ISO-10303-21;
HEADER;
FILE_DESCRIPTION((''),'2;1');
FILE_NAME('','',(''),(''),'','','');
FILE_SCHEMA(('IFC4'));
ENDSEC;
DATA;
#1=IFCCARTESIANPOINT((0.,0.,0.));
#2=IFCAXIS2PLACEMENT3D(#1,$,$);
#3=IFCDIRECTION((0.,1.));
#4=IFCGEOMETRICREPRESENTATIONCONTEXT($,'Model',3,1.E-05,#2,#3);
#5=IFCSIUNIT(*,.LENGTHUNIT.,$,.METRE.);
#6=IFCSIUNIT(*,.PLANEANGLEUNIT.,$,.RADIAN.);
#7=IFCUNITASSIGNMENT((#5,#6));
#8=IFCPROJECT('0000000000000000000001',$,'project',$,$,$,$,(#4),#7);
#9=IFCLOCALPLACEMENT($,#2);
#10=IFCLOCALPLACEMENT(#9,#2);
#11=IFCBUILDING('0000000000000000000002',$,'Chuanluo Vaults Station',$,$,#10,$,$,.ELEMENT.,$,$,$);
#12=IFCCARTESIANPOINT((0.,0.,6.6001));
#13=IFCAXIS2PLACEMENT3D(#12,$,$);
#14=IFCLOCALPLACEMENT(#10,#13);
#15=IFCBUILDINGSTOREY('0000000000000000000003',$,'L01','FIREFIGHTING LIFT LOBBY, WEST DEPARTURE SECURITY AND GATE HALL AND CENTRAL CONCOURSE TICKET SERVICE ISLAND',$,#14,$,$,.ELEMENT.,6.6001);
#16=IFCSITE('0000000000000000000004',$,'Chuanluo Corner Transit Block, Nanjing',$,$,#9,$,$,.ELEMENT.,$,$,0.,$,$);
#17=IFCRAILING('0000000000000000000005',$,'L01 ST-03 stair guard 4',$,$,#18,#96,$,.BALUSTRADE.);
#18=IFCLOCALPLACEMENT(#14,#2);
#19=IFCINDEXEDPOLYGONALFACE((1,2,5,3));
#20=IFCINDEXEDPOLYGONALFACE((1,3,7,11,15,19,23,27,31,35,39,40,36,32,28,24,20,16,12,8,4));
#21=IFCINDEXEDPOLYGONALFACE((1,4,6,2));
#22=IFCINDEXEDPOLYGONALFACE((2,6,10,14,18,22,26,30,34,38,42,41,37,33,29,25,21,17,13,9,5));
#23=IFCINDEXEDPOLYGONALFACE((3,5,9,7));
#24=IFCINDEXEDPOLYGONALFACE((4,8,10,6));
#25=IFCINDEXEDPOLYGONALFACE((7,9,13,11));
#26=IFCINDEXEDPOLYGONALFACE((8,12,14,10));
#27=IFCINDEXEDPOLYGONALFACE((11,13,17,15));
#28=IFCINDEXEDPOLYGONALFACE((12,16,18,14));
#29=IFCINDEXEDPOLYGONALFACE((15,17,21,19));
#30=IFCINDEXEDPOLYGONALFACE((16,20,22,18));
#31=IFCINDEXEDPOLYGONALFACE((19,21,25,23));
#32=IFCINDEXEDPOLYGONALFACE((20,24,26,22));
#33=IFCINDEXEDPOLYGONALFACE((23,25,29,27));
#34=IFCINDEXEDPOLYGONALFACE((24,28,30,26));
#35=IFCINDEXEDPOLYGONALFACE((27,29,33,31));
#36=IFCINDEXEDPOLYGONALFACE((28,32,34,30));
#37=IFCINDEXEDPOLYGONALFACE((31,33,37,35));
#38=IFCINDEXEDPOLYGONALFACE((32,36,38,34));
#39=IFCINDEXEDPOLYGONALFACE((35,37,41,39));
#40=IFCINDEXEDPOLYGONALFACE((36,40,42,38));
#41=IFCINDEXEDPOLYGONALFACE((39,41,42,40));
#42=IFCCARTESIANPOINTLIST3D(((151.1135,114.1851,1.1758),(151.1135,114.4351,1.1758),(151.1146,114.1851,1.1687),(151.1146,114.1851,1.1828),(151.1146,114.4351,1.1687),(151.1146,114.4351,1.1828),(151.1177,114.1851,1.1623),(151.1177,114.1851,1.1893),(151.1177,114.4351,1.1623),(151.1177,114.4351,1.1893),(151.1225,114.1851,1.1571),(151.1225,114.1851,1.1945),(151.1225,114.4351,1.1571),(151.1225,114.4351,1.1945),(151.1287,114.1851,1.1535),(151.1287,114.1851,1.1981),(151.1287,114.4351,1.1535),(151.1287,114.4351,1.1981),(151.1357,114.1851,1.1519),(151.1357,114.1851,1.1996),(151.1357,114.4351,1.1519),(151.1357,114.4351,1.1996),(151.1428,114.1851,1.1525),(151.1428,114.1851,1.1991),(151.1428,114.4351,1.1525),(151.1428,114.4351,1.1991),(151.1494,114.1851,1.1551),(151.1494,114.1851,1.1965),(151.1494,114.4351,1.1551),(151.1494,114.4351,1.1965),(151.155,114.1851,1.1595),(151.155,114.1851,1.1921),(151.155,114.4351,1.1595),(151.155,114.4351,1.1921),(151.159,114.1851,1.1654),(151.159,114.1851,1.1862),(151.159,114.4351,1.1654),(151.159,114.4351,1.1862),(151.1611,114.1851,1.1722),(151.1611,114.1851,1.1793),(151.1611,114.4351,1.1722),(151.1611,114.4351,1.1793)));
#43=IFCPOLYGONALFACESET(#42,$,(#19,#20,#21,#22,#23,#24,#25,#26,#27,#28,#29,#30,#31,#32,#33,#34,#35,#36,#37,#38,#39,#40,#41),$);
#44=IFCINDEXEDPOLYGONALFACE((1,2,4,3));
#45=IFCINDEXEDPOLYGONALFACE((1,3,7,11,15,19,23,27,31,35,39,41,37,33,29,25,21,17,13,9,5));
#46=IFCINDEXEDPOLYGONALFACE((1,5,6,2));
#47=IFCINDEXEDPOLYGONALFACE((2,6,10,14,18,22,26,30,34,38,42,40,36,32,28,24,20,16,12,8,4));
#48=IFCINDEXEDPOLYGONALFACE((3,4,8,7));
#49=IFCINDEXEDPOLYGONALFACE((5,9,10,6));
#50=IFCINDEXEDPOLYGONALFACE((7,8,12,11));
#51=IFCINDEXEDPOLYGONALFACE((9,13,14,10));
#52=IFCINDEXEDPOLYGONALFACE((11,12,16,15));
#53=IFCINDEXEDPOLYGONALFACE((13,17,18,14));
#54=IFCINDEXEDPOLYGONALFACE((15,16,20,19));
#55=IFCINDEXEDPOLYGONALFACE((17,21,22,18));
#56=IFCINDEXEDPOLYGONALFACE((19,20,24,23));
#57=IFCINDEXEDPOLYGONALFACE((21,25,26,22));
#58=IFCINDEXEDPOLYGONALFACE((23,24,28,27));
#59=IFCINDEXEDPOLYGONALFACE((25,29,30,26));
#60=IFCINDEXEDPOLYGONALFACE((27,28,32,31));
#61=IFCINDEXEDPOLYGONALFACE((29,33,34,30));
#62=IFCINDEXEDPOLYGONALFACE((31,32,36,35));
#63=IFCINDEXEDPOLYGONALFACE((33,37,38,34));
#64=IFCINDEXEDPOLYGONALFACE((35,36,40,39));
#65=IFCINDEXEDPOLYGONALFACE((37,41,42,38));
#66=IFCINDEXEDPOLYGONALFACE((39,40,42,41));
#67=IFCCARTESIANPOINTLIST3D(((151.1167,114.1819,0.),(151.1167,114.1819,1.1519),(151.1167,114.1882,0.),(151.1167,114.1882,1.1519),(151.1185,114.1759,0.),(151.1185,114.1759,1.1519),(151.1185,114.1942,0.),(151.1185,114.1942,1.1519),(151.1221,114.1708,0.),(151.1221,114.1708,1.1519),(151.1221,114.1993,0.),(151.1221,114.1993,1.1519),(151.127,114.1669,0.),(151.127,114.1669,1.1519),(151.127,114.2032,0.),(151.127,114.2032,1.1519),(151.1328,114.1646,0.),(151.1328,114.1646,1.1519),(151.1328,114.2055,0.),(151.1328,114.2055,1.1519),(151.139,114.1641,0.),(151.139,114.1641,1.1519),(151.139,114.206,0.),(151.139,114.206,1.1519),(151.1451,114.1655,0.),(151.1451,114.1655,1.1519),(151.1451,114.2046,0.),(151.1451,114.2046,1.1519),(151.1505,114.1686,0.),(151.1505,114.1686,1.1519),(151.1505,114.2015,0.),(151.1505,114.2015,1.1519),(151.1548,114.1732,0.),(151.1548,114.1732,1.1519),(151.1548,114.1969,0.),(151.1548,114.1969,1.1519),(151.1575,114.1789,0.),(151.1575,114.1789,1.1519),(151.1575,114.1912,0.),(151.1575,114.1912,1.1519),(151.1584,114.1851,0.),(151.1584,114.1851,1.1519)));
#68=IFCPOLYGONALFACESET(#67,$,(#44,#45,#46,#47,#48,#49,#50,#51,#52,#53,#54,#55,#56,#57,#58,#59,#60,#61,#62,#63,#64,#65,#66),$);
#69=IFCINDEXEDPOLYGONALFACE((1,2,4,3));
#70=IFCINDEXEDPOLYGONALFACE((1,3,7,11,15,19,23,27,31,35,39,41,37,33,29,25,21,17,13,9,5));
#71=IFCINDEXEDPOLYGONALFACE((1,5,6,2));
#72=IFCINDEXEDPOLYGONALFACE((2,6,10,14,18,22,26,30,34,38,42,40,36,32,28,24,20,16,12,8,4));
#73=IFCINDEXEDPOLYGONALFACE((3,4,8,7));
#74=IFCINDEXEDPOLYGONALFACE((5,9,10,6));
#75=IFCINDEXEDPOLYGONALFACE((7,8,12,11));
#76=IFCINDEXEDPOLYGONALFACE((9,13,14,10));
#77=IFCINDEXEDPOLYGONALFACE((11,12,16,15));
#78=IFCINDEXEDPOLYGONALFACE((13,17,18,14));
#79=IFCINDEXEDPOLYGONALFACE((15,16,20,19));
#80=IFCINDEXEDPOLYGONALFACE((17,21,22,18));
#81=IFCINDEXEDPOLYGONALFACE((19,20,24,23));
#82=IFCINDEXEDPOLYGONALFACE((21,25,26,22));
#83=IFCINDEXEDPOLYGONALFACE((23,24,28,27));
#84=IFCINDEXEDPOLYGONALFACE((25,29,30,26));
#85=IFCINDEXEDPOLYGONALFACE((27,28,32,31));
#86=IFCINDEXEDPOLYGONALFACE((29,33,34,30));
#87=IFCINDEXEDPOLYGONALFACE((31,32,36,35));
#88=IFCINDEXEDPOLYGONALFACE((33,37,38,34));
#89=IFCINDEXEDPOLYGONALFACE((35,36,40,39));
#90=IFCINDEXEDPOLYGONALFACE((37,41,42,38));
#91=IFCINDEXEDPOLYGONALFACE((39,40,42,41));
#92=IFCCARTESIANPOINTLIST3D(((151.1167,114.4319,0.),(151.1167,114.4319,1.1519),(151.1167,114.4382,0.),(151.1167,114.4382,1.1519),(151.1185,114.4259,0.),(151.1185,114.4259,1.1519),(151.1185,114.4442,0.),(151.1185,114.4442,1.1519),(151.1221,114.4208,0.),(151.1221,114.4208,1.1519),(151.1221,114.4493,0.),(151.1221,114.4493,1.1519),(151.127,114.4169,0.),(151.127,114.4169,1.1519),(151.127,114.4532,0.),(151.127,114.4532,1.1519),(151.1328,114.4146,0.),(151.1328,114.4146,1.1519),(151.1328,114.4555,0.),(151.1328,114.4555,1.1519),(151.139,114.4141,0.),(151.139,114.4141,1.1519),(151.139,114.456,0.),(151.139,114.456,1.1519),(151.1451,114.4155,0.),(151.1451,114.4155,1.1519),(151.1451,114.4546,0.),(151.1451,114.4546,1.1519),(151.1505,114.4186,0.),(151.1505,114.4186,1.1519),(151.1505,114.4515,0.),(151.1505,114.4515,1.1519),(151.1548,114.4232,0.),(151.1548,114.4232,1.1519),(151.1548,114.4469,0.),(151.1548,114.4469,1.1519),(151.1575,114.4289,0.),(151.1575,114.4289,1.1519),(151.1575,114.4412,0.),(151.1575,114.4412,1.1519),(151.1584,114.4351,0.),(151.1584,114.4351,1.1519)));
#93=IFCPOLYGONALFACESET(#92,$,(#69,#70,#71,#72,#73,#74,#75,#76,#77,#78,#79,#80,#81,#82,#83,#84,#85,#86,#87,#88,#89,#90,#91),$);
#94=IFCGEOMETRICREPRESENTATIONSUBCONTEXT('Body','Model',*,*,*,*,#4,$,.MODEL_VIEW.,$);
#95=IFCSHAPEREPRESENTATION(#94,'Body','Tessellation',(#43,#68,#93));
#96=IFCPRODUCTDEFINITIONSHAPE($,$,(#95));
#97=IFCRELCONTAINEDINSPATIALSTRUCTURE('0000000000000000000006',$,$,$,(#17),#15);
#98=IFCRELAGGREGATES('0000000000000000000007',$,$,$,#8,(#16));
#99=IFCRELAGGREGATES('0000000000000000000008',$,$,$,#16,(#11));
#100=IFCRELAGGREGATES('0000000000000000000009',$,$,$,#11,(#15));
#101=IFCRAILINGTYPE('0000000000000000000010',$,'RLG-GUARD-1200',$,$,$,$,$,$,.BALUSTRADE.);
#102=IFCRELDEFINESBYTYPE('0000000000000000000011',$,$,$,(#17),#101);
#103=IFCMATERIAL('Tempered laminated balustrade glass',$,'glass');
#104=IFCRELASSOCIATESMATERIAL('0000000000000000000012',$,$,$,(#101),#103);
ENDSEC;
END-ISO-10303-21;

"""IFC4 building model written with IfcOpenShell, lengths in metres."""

from ifc_helpers import new_model, si_unit, direction, frame, origin, origin_2d, place, context, subcontext, project, spatial, circle, extrude, material, type_object, element, save


model = new_model("IFC4")

# Units and contexts
model_context = context("Model", 3, precision=1e-05, world=origin(), true_north=direction((0.0, 1.0)))
body_context = subcontext(model_context, "Body", "Model", "MODEL_VIEW")
ifc_project = project(units=[si_unit("LENGTHUNIT", "METRE"), si_unit("PLANEANGLEUNIT", "RADIAN")], contexts=[model_context])

# Site, building, storey
site_placement = place(None, origin())
site = spatial("IfcSite", under=ifc_project, at=site_placement, Name="Chuanluo Corner Transit Block, Nanjing", CompositionType="ELEMENT", RefElevation=0.0)
building_placement = place(site_placement, origin())
building = spatial("IfcBuilding", under=site, at=building_placement, Name="Chuanluo Vaults Station", CompositionType="ELEMENT")
storey_placement = place(building_placement, frame((0.0, 0.0, 6.6001)))
storey = spatial("IfcBuildingStorey", under=building, at=storey_placement, Name="L01", Description="FIREFIGHTING LIFT LOBBY, WEST DEPARTURE SECURITY AND GATE HALL AND CENTRAL CONCOURSE TICKET SERVICE ISLAND", CompositionType="ELEMENT", Elevation=6.6001)

# Railing
ifc_material_1 = material(Name="Tempered laminated balustrade glass", Category="glass")
railing_type_1 = type_object("IfcRailingType", Name="RLG-GUARD-1200", PredefinedType="BALUSTRADE", material=ifc_material_1)
railing_1_placement = place(storey_placement, frame((151.1375, 114.1851, 0.0)))
element("IfcRailing", 1, at=railing_1_placement, inside=storey, type_object=railing_type_1, Name="L01 ST-03 stair guard 4", PredefinedType="BALUSTRADE", context=body_context, shape_type="SweptSolid", body=[
    extrude(circle(Radius=0.0239, at=origin_2d()), frame((0.0, 0.0, 1.1758), z_axis=(0.0, 1.0, 0.0), x_axis=(-1.0, 0.0, 0.0)), (0.0, 0.0, 1.0), 0.25),
    extrude(circle(Radius=0.021, at=origin_2d()), origin(), (0.0, 0.0, 1.0), 1.1519),
    extrude(circle(Radius=0.021, at=origin_2d()), frame((0.0, 0.25, 0.0)), (0.0, 0.0, 1.0), 1.1519),
])

save(model, "model.ifc")
